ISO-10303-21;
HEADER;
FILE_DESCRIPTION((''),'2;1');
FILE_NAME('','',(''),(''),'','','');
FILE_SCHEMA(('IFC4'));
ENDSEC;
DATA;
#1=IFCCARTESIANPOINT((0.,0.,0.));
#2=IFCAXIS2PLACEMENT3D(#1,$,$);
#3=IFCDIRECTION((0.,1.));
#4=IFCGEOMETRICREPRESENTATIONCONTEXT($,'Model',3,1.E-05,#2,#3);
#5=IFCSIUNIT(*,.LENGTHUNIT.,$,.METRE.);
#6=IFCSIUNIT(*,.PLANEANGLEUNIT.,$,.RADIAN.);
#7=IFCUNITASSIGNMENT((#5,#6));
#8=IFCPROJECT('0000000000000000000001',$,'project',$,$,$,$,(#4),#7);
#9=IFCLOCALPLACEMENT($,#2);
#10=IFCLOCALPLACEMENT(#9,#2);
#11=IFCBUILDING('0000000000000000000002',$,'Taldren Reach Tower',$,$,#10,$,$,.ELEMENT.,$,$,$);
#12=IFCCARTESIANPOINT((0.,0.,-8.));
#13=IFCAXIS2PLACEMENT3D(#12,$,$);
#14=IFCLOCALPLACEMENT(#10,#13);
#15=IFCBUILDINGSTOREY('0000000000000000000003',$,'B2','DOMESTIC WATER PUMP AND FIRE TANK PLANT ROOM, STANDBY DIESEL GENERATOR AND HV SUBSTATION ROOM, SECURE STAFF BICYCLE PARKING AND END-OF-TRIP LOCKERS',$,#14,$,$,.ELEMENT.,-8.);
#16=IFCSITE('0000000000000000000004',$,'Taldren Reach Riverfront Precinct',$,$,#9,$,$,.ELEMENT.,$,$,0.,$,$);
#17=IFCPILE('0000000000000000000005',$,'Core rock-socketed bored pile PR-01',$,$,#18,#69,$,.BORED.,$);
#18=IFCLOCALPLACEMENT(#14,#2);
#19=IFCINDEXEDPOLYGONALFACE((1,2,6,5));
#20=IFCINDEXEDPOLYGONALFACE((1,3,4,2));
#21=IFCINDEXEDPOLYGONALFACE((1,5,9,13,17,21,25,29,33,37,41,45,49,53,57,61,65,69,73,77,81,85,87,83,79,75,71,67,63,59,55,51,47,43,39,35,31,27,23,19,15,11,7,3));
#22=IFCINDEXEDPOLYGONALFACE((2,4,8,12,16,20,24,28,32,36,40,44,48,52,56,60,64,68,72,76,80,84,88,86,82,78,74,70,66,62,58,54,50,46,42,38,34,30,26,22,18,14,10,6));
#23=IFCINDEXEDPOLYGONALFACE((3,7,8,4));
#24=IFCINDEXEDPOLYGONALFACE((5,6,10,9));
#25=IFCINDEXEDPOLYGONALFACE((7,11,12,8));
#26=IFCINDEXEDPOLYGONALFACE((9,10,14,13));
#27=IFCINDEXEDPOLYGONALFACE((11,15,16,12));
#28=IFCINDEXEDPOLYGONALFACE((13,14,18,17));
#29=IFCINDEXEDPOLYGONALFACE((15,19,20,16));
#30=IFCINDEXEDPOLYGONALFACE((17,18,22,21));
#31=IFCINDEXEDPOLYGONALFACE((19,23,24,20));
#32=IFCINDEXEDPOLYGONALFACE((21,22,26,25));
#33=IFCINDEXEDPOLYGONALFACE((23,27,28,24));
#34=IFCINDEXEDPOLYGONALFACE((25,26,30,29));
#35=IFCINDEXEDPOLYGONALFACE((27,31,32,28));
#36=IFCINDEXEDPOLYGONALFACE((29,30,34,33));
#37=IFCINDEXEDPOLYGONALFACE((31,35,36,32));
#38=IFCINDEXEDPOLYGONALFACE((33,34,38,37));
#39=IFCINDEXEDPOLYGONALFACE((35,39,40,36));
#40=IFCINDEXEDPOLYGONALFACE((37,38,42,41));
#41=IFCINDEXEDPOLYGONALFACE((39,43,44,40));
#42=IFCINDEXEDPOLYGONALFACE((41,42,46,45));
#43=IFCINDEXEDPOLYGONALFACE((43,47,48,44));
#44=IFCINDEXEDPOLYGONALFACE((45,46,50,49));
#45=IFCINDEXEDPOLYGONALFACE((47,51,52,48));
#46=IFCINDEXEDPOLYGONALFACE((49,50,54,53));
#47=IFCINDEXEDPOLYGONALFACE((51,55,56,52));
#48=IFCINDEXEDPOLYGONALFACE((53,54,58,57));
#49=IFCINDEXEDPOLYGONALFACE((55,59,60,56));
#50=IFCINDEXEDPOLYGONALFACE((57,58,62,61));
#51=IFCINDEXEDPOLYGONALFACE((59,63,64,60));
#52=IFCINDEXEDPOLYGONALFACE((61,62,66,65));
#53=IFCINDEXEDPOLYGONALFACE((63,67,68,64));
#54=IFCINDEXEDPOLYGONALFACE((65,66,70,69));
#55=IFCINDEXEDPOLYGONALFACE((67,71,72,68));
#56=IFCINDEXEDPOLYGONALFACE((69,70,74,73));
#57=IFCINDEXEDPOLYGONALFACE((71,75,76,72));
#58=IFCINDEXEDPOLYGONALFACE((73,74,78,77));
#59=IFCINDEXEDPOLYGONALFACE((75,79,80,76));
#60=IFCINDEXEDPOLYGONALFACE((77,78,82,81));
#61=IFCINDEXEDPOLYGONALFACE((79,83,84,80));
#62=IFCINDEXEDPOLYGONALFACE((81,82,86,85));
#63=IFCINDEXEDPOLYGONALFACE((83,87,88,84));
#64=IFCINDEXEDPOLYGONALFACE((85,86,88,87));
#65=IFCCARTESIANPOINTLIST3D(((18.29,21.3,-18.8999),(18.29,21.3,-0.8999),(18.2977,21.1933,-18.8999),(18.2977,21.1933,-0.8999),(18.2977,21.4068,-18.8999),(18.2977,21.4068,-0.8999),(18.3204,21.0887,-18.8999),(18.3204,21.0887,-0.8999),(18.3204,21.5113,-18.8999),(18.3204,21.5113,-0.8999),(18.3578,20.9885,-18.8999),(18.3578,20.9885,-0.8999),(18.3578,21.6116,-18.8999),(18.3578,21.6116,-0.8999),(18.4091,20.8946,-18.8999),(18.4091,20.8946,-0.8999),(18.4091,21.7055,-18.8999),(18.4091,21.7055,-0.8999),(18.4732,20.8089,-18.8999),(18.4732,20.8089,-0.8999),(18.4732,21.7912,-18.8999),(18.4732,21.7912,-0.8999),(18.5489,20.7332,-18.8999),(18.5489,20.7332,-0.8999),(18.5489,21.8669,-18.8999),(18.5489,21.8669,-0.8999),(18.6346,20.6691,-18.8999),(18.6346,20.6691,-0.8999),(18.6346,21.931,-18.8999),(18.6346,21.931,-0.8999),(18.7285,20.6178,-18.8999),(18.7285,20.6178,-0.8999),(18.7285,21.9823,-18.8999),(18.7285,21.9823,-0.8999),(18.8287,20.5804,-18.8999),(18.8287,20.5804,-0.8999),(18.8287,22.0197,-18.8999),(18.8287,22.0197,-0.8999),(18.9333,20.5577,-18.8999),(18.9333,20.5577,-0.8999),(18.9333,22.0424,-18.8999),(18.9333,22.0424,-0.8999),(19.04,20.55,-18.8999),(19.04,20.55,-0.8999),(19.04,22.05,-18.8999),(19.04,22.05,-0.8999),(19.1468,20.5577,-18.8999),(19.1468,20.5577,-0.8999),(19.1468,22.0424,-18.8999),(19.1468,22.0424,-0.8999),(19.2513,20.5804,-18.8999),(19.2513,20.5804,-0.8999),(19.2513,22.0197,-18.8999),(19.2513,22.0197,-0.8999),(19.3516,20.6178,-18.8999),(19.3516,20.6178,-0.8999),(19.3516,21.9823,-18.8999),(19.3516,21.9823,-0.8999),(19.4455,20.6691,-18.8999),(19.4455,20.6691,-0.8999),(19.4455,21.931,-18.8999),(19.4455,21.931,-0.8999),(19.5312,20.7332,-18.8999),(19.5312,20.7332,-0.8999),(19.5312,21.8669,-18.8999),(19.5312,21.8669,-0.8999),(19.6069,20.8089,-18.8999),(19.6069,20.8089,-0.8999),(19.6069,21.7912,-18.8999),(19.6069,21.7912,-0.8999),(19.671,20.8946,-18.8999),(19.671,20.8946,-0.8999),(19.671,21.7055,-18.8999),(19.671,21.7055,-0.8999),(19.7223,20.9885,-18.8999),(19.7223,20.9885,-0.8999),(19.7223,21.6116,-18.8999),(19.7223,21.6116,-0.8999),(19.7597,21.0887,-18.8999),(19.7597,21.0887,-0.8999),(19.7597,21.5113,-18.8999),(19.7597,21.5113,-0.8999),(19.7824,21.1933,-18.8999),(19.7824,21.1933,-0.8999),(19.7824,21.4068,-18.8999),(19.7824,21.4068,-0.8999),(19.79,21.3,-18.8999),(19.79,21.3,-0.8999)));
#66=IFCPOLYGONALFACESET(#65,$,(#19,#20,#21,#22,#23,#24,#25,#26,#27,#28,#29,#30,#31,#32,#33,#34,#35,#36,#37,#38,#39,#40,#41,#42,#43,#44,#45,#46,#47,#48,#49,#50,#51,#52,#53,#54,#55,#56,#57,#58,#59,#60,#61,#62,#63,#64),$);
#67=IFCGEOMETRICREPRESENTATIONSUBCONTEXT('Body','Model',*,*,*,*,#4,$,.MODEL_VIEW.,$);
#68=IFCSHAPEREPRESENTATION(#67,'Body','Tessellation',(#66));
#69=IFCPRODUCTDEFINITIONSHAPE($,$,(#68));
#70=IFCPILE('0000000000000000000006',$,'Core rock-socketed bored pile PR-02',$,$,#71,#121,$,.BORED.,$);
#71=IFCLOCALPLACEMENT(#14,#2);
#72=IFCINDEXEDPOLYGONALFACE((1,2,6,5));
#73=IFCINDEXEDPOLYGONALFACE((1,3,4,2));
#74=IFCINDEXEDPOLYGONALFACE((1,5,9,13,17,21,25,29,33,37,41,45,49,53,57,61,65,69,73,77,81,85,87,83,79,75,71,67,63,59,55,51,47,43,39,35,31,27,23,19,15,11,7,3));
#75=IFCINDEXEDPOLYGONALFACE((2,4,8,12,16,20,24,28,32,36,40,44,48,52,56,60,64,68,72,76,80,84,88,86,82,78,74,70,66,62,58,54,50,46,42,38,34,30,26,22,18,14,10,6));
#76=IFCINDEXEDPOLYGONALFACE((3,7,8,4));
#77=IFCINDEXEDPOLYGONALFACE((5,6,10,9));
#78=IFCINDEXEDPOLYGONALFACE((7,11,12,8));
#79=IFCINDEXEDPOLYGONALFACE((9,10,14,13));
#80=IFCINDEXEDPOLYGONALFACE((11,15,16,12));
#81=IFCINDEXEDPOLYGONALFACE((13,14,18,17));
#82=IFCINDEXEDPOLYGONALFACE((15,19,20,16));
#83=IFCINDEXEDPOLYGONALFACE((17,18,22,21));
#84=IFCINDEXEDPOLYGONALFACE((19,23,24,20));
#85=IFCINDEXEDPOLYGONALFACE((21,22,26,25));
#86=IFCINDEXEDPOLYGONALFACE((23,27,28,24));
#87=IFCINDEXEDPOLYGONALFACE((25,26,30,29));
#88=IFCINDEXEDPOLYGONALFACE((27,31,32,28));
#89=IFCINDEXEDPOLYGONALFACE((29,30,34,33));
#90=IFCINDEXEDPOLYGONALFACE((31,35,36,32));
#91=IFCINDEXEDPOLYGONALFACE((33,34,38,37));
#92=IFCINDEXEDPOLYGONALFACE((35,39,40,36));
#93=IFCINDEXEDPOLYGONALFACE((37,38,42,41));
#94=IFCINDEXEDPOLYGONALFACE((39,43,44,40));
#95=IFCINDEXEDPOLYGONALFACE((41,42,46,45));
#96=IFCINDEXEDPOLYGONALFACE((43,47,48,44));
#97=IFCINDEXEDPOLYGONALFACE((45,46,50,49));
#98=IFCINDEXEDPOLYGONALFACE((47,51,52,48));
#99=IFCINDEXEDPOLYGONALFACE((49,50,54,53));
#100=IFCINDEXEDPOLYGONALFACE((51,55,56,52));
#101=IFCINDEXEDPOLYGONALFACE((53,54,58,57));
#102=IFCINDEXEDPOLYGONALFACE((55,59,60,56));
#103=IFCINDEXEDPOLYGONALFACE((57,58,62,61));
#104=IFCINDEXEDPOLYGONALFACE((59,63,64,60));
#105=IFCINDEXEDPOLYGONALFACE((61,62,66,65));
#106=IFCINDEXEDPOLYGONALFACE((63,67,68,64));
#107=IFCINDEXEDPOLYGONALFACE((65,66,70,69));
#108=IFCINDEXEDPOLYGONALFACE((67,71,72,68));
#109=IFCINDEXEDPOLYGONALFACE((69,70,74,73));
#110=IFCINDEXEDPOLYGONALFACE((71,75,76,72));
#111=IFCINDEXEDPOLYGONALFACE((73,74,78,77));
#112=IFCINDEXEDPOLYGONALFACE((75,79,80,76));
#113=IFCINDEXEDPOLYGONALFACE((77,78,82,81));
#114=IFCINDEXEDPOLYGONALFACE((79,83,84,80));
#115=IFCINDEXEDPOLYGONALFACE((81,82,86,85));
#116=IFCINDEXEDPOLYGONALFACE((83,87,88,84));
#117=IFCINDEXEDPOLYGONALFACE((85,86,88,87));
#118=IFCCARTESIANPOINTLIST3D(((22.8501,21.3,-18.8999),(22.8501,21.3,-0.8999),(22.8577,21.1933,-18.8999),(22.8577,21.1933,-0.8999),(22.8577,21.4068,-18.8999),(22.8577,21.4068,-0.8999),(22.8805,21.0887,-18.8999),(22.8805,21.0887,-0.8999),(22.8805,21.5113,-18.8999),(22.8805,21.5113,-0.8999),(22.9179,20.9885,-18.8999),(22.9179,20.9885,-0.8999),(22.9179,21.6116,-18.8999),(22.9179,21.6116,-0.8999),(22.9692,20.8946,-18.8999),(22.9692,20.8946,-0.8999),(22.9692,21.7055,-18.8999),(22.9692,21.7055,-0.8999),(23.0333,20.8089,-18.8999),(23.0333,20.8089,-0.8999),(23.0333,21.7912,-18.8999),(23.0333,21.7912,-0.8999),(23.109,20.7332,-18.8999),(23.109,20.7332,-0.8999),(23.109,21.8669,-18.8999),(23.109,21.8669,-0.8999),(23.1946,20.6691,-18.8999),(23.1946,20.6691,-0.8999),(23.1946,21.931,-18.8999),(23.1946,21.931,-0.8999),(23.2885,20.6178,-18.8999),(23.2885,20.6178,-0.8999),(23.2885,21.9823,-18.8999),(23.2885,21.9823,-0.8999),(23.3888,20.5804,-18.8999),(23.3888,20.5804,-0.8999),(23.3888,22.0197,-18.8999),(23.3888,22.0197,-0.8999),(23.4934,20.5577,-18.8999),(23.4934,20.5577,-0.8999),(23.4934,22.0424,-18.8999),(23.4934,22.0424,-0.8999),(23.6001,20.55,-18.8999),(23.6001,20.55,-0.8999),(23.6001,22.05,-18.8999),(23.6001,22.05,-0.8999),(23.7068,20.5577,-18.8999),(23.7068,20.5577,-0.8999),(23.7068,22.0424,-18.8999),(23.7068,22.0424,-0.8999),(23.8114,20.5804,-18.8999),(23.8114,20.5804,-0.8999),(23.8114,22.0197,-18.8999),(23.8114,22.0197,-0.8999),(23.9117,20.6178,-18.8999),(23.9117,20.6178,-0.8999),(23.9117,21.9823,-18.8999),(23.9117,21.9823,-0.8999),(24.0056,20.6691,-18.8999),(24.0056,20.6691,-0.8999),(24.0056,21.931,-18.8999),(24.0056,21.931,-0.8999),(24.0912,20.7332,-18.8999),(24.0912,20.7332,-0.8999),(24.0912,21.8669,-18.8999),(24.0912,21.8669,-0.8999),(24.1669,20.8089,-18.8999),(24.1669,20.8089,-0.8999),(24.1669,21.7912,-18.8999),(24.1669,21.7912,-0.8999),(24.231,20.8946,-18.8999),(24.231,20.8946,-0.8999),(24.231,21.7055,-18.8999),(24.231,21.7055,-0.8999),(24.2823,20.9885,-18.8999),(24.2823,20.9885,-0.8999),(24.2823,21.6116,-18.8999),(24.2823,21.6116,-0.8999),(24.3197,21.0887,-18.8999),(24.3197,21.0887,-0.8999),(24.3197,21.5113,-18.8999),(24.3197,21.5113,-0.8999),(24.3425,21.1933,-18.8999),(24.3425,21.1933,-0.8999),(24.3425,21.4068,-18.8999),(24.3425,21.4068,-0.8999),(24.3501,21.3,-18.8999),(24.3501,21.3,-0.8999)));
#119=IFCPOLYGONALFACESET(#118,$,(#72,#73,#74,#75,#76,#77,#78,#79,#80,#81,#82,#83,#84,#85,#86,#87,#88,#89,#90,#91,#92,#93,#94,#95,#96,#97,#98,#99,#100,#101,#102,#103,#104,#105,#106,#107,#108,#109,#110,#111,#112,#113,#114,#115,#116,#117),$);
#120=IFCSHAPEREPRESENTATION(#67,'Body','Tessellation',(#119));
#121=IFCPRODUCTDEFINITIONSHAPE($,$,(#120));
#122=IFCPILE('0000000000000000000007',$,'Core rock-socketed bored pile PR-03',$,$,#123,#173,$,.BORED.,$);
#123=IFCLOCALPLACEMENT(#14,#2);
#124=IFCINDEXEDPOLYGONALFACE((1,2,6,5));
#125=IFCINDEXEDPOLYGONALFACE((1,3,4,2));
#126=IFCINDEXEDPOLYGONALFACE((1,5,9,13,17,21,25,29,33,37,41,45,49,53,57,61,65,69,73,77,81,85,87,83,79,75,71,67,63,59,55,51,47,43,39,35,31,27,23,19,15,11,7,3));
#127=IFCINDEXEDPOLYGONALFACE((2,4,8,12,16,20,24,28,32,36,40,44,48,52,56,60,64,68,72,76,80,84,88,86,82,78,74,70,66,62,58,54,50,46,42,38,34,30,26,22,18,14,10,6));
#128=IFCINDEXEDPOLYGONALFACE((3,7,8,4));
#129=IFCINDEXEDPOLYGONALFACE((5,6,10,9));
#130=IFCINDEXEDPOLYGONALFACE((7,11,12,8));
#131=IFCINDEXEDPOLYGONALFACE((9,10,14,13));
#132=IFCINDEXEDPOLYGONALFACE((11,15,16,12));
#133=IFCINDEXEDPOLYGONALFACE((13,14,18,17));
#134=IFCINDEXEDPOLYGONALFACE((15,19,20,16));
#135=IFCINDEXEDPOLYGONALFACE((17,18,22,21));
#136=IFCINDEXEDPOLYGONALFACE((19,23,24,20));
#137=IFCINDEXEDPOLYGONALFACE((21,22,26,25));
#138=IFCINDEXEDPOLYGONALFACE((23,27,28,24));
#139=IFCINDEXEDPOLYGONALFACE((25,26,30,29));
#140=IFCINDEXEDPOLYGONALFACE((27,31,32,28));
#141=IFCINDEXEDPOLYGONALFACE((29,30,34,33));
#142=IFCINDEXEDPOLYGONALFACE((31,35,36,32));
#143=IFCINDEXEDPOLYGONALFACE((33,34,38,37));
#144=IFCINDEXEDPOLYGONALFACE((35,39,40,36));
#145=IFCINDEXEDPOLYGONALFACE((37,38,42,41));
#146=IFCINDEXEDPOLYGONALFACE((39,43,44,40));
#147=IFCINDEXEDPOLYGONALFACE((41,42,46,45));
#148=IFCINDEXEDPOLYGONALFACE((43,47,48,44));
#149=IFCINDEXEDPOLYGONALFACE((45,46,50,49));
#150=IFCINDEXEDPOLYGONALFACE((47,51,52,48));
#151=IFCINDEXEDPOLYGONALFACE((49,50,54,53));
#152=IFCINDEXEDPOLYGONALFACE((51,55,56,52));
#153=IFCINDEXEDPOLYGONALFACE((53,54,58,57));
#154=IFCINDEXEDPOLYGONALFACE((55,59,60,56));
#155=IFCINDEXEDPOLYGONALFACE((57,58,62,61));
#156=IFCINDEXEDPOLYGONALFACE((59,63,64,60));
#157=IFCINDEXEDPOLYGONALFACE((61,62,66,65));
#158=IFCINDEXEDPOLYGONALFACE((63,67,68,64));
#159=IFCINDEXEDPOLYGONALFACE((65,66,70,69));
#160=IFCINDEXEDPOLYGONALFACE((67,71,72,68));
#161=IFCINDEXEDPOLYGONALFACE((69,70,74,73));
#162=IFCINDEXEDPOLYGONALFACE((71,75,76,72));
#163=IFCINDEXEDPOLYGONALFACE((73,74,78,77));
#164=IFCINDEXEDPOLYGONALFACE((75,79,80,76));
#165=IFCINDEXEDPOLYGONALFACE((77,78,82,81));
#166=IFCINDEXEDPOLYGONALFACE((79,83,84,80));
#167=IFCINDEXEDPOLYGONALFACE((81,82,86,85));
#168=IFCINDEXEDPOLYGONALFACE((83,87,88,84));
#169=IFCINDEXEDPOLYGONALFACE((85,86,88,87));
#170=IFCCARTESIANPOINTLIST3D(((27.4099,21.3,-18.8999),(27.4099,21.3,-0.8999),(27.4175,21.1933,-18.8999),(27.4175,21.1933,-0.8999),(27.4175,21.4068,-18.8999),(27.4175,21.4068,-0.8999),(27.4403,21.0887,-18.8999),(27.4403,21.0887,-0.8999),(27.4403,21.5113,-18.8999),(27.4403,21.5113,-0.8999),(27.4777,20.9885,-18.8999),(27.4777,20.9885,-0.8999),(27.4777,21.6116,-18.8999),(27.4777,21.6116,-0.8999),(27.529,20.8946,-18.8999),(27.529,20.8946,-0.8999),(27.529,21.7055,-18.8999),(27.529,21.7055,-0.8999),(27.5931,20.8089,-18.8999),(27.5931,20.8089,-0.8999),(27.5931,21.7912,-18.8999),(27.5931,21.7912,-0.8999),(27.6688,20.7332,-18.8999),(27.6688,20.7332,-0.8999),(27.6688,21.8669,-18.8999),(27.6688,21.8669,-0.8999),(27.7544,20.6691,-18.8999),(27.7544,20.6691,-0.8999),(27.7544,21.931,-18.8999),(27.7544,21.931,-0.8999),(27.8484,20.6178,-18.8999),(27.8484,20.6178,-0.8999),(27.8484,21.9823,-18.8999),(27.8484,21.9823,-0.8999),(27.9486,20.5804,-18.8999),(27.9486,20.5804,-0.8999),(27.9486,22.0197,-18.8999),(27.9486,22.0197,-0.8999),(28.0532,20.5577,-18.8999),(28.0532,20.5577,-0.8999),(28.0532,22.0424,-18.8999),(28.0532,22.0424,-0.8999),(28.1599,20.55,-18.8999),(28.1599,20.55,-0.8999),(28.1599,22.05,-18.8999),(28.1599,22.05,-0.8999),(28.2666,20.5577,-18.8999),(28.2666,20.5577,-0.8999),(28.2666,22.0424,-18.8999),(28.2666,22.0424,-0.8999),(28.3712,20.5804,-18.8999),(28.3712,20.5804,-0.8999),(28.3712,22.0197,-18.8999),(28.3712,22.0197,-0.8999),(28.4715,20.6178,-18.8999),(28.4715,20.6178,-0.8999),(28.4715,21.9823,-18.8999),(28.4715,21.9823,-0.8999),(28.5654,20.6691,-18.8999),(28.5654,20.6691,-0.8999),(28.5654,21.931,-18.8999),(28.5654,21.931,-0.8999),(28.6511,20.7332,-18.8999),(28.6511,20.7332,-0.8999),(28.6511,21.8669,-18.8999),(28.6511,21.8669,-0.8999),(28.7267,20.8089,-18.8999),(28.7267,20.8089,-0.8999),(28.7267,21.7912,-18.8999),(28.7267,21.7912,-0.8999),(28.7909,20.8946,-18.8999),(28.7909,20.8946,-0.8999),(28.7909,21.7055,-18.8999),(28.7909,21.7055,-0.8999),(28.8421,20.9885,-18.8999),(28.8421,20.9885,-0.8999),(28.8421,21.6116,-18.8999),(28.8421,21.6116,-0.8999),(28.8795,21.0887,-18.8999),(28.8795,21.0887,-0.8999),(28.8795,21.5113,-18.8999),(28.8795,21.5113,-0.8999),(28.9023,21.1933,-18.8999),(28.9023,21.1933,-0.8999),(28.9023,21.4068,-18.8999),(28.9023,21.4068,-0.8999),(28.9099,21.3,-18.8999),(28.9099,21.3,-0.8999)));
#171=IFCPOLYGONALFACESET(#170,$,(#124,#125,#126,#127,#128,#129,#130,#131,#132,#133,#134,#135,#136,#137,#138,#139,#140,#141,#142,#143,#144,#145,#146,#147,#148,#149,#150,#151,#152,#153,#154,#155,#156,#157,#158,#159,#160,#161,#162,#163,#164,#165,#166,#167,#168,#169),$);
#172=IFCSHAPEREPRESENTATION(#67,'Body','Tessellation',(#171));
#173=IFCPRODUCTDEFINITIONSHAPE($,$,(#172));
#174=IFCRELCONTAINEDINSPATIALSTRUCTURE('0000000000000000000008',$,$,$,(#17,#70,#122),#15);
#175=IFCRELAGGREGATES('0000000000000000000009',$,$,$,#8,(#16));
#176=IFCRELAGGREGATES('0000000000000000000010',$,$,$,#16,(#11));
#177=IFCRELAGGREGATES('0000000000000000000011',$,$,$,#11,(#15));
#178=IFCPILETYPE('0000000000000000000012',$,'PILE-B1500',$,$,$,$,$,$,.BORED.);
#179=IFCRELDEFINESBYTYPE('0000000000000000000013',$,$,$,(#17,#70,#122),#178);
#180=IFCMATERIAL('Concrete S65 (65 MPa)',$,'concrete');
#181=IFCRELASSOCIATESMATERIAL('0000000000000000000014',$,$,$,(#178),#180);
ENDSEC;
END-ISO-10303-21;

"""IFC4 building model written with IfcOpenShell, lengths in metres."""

from ifc_helpers import new_model, si_unit, direction, frame, origin, origin_2d, place, context, subcontext, project, spatial, circle, extrude, source, transform, mapped, material, material_profile, profile_set, type_object, element, save


model = new_model("IFC4")

# Units and contexts
model_context = context("Model", 3, precision=1e-05, world=origin(), true_north=direction((0.0, 1.0)))
body_context = subcontext(model_context, "Body", "Model", "MODEL_VIEW")
ifc_project = project(units=[si_unit("LENGTHUNIT", "METRE"), si_unit("PLANEANGLEUNIT", "RADIAN")], contexts=[model_context])

# Site, building, storey
site_placement = place(None, origin())
site = spatial("IfcSite", under=ifc_project, at=site_placement, Name="Taldren Reach Riverfront Precinct", CompositionType="ELEMENT", RefElevation=0.0)
building_placement = place(site_placement, origin())
building = spatial("IfcBuilding", under=site, at=building_placement, Name="Taldren Reach Tower", CompositionType="ELEMENT")
storey_placement = place(building_placement, frame((0.0, 0.0, -8.0)))
storey = spatial("IfcBuildingStorey", under=building, at=storey_placement, Name="B2", Description="DOMESTIC WATER PUMP AND FIRE TANK PLANT ROOM, STANDBY DIESEL GENERATOR AND HV SUBSTATION ROOM, SECURE STAFF BICYCLE PARKING AND END-OF-TRIP LOCKERS", CompositionType="ELEMENT", Elevation=-8.0)

# Piles
ifc_material_1 = material(Name="Concrete S65 (65 MPa)", Category="concrete")
ifc_material_profile_1 = material_profile(ifc_material_1, circle(Radius=0.75, at=origin_2d()), Name="PB-1500")
ifc_profile_set_1 = profile_set([ifc_material_profile_1], Name="Concrete S65 (65 MPa)")
pile_type_1 = type_object("IfcPileType", Name="PILE-B1500", PredefinedType="BORED", material=ifc_profile_set_1)
shared_shape_1 = source(origin(), body_context, "Body", "SweptSolid", [
    extrude(circle(Radius=0.75, at=origin_2d()), origin(), (0.0, 0.0, 1.0), 18.0),
])
for number, where, z_axis, x_axis, name in (
    (1, (19.04, 21.3, -0.8999), (0.0, 0.0, -1.0), (1.0, 0.0, 0.0), "Core rock-socketed bored pile PR-01"),
    (2, (23.6001, 21.3, -0.8999), (0.0, 0.0, -1.0), (1.0, 0.0, 0.0), "Core rock-socketed bored pile PR-02"),
    (3, (28.1599, 21.3, -0.8999), (0.0, 0.0, -1.0), (1.0, 0.0, 0.0), "Core rock-socketed bored pile PR-03"),
):
    element("IfcPile", number, at=place(storey_placement, frame(where, z_axis=z_axis, x_axis=x_axis)), inside=storey, type_object=pile_type_1, Name=name, PredefinedType="BORED", context=body_context, shape_type="MappedRepresentation", body=[
        mapped(shared_shape_1, transform((0.0, 0.0, 0.0), scale=1.0)),
    ])

save(model, "model.ifc")
